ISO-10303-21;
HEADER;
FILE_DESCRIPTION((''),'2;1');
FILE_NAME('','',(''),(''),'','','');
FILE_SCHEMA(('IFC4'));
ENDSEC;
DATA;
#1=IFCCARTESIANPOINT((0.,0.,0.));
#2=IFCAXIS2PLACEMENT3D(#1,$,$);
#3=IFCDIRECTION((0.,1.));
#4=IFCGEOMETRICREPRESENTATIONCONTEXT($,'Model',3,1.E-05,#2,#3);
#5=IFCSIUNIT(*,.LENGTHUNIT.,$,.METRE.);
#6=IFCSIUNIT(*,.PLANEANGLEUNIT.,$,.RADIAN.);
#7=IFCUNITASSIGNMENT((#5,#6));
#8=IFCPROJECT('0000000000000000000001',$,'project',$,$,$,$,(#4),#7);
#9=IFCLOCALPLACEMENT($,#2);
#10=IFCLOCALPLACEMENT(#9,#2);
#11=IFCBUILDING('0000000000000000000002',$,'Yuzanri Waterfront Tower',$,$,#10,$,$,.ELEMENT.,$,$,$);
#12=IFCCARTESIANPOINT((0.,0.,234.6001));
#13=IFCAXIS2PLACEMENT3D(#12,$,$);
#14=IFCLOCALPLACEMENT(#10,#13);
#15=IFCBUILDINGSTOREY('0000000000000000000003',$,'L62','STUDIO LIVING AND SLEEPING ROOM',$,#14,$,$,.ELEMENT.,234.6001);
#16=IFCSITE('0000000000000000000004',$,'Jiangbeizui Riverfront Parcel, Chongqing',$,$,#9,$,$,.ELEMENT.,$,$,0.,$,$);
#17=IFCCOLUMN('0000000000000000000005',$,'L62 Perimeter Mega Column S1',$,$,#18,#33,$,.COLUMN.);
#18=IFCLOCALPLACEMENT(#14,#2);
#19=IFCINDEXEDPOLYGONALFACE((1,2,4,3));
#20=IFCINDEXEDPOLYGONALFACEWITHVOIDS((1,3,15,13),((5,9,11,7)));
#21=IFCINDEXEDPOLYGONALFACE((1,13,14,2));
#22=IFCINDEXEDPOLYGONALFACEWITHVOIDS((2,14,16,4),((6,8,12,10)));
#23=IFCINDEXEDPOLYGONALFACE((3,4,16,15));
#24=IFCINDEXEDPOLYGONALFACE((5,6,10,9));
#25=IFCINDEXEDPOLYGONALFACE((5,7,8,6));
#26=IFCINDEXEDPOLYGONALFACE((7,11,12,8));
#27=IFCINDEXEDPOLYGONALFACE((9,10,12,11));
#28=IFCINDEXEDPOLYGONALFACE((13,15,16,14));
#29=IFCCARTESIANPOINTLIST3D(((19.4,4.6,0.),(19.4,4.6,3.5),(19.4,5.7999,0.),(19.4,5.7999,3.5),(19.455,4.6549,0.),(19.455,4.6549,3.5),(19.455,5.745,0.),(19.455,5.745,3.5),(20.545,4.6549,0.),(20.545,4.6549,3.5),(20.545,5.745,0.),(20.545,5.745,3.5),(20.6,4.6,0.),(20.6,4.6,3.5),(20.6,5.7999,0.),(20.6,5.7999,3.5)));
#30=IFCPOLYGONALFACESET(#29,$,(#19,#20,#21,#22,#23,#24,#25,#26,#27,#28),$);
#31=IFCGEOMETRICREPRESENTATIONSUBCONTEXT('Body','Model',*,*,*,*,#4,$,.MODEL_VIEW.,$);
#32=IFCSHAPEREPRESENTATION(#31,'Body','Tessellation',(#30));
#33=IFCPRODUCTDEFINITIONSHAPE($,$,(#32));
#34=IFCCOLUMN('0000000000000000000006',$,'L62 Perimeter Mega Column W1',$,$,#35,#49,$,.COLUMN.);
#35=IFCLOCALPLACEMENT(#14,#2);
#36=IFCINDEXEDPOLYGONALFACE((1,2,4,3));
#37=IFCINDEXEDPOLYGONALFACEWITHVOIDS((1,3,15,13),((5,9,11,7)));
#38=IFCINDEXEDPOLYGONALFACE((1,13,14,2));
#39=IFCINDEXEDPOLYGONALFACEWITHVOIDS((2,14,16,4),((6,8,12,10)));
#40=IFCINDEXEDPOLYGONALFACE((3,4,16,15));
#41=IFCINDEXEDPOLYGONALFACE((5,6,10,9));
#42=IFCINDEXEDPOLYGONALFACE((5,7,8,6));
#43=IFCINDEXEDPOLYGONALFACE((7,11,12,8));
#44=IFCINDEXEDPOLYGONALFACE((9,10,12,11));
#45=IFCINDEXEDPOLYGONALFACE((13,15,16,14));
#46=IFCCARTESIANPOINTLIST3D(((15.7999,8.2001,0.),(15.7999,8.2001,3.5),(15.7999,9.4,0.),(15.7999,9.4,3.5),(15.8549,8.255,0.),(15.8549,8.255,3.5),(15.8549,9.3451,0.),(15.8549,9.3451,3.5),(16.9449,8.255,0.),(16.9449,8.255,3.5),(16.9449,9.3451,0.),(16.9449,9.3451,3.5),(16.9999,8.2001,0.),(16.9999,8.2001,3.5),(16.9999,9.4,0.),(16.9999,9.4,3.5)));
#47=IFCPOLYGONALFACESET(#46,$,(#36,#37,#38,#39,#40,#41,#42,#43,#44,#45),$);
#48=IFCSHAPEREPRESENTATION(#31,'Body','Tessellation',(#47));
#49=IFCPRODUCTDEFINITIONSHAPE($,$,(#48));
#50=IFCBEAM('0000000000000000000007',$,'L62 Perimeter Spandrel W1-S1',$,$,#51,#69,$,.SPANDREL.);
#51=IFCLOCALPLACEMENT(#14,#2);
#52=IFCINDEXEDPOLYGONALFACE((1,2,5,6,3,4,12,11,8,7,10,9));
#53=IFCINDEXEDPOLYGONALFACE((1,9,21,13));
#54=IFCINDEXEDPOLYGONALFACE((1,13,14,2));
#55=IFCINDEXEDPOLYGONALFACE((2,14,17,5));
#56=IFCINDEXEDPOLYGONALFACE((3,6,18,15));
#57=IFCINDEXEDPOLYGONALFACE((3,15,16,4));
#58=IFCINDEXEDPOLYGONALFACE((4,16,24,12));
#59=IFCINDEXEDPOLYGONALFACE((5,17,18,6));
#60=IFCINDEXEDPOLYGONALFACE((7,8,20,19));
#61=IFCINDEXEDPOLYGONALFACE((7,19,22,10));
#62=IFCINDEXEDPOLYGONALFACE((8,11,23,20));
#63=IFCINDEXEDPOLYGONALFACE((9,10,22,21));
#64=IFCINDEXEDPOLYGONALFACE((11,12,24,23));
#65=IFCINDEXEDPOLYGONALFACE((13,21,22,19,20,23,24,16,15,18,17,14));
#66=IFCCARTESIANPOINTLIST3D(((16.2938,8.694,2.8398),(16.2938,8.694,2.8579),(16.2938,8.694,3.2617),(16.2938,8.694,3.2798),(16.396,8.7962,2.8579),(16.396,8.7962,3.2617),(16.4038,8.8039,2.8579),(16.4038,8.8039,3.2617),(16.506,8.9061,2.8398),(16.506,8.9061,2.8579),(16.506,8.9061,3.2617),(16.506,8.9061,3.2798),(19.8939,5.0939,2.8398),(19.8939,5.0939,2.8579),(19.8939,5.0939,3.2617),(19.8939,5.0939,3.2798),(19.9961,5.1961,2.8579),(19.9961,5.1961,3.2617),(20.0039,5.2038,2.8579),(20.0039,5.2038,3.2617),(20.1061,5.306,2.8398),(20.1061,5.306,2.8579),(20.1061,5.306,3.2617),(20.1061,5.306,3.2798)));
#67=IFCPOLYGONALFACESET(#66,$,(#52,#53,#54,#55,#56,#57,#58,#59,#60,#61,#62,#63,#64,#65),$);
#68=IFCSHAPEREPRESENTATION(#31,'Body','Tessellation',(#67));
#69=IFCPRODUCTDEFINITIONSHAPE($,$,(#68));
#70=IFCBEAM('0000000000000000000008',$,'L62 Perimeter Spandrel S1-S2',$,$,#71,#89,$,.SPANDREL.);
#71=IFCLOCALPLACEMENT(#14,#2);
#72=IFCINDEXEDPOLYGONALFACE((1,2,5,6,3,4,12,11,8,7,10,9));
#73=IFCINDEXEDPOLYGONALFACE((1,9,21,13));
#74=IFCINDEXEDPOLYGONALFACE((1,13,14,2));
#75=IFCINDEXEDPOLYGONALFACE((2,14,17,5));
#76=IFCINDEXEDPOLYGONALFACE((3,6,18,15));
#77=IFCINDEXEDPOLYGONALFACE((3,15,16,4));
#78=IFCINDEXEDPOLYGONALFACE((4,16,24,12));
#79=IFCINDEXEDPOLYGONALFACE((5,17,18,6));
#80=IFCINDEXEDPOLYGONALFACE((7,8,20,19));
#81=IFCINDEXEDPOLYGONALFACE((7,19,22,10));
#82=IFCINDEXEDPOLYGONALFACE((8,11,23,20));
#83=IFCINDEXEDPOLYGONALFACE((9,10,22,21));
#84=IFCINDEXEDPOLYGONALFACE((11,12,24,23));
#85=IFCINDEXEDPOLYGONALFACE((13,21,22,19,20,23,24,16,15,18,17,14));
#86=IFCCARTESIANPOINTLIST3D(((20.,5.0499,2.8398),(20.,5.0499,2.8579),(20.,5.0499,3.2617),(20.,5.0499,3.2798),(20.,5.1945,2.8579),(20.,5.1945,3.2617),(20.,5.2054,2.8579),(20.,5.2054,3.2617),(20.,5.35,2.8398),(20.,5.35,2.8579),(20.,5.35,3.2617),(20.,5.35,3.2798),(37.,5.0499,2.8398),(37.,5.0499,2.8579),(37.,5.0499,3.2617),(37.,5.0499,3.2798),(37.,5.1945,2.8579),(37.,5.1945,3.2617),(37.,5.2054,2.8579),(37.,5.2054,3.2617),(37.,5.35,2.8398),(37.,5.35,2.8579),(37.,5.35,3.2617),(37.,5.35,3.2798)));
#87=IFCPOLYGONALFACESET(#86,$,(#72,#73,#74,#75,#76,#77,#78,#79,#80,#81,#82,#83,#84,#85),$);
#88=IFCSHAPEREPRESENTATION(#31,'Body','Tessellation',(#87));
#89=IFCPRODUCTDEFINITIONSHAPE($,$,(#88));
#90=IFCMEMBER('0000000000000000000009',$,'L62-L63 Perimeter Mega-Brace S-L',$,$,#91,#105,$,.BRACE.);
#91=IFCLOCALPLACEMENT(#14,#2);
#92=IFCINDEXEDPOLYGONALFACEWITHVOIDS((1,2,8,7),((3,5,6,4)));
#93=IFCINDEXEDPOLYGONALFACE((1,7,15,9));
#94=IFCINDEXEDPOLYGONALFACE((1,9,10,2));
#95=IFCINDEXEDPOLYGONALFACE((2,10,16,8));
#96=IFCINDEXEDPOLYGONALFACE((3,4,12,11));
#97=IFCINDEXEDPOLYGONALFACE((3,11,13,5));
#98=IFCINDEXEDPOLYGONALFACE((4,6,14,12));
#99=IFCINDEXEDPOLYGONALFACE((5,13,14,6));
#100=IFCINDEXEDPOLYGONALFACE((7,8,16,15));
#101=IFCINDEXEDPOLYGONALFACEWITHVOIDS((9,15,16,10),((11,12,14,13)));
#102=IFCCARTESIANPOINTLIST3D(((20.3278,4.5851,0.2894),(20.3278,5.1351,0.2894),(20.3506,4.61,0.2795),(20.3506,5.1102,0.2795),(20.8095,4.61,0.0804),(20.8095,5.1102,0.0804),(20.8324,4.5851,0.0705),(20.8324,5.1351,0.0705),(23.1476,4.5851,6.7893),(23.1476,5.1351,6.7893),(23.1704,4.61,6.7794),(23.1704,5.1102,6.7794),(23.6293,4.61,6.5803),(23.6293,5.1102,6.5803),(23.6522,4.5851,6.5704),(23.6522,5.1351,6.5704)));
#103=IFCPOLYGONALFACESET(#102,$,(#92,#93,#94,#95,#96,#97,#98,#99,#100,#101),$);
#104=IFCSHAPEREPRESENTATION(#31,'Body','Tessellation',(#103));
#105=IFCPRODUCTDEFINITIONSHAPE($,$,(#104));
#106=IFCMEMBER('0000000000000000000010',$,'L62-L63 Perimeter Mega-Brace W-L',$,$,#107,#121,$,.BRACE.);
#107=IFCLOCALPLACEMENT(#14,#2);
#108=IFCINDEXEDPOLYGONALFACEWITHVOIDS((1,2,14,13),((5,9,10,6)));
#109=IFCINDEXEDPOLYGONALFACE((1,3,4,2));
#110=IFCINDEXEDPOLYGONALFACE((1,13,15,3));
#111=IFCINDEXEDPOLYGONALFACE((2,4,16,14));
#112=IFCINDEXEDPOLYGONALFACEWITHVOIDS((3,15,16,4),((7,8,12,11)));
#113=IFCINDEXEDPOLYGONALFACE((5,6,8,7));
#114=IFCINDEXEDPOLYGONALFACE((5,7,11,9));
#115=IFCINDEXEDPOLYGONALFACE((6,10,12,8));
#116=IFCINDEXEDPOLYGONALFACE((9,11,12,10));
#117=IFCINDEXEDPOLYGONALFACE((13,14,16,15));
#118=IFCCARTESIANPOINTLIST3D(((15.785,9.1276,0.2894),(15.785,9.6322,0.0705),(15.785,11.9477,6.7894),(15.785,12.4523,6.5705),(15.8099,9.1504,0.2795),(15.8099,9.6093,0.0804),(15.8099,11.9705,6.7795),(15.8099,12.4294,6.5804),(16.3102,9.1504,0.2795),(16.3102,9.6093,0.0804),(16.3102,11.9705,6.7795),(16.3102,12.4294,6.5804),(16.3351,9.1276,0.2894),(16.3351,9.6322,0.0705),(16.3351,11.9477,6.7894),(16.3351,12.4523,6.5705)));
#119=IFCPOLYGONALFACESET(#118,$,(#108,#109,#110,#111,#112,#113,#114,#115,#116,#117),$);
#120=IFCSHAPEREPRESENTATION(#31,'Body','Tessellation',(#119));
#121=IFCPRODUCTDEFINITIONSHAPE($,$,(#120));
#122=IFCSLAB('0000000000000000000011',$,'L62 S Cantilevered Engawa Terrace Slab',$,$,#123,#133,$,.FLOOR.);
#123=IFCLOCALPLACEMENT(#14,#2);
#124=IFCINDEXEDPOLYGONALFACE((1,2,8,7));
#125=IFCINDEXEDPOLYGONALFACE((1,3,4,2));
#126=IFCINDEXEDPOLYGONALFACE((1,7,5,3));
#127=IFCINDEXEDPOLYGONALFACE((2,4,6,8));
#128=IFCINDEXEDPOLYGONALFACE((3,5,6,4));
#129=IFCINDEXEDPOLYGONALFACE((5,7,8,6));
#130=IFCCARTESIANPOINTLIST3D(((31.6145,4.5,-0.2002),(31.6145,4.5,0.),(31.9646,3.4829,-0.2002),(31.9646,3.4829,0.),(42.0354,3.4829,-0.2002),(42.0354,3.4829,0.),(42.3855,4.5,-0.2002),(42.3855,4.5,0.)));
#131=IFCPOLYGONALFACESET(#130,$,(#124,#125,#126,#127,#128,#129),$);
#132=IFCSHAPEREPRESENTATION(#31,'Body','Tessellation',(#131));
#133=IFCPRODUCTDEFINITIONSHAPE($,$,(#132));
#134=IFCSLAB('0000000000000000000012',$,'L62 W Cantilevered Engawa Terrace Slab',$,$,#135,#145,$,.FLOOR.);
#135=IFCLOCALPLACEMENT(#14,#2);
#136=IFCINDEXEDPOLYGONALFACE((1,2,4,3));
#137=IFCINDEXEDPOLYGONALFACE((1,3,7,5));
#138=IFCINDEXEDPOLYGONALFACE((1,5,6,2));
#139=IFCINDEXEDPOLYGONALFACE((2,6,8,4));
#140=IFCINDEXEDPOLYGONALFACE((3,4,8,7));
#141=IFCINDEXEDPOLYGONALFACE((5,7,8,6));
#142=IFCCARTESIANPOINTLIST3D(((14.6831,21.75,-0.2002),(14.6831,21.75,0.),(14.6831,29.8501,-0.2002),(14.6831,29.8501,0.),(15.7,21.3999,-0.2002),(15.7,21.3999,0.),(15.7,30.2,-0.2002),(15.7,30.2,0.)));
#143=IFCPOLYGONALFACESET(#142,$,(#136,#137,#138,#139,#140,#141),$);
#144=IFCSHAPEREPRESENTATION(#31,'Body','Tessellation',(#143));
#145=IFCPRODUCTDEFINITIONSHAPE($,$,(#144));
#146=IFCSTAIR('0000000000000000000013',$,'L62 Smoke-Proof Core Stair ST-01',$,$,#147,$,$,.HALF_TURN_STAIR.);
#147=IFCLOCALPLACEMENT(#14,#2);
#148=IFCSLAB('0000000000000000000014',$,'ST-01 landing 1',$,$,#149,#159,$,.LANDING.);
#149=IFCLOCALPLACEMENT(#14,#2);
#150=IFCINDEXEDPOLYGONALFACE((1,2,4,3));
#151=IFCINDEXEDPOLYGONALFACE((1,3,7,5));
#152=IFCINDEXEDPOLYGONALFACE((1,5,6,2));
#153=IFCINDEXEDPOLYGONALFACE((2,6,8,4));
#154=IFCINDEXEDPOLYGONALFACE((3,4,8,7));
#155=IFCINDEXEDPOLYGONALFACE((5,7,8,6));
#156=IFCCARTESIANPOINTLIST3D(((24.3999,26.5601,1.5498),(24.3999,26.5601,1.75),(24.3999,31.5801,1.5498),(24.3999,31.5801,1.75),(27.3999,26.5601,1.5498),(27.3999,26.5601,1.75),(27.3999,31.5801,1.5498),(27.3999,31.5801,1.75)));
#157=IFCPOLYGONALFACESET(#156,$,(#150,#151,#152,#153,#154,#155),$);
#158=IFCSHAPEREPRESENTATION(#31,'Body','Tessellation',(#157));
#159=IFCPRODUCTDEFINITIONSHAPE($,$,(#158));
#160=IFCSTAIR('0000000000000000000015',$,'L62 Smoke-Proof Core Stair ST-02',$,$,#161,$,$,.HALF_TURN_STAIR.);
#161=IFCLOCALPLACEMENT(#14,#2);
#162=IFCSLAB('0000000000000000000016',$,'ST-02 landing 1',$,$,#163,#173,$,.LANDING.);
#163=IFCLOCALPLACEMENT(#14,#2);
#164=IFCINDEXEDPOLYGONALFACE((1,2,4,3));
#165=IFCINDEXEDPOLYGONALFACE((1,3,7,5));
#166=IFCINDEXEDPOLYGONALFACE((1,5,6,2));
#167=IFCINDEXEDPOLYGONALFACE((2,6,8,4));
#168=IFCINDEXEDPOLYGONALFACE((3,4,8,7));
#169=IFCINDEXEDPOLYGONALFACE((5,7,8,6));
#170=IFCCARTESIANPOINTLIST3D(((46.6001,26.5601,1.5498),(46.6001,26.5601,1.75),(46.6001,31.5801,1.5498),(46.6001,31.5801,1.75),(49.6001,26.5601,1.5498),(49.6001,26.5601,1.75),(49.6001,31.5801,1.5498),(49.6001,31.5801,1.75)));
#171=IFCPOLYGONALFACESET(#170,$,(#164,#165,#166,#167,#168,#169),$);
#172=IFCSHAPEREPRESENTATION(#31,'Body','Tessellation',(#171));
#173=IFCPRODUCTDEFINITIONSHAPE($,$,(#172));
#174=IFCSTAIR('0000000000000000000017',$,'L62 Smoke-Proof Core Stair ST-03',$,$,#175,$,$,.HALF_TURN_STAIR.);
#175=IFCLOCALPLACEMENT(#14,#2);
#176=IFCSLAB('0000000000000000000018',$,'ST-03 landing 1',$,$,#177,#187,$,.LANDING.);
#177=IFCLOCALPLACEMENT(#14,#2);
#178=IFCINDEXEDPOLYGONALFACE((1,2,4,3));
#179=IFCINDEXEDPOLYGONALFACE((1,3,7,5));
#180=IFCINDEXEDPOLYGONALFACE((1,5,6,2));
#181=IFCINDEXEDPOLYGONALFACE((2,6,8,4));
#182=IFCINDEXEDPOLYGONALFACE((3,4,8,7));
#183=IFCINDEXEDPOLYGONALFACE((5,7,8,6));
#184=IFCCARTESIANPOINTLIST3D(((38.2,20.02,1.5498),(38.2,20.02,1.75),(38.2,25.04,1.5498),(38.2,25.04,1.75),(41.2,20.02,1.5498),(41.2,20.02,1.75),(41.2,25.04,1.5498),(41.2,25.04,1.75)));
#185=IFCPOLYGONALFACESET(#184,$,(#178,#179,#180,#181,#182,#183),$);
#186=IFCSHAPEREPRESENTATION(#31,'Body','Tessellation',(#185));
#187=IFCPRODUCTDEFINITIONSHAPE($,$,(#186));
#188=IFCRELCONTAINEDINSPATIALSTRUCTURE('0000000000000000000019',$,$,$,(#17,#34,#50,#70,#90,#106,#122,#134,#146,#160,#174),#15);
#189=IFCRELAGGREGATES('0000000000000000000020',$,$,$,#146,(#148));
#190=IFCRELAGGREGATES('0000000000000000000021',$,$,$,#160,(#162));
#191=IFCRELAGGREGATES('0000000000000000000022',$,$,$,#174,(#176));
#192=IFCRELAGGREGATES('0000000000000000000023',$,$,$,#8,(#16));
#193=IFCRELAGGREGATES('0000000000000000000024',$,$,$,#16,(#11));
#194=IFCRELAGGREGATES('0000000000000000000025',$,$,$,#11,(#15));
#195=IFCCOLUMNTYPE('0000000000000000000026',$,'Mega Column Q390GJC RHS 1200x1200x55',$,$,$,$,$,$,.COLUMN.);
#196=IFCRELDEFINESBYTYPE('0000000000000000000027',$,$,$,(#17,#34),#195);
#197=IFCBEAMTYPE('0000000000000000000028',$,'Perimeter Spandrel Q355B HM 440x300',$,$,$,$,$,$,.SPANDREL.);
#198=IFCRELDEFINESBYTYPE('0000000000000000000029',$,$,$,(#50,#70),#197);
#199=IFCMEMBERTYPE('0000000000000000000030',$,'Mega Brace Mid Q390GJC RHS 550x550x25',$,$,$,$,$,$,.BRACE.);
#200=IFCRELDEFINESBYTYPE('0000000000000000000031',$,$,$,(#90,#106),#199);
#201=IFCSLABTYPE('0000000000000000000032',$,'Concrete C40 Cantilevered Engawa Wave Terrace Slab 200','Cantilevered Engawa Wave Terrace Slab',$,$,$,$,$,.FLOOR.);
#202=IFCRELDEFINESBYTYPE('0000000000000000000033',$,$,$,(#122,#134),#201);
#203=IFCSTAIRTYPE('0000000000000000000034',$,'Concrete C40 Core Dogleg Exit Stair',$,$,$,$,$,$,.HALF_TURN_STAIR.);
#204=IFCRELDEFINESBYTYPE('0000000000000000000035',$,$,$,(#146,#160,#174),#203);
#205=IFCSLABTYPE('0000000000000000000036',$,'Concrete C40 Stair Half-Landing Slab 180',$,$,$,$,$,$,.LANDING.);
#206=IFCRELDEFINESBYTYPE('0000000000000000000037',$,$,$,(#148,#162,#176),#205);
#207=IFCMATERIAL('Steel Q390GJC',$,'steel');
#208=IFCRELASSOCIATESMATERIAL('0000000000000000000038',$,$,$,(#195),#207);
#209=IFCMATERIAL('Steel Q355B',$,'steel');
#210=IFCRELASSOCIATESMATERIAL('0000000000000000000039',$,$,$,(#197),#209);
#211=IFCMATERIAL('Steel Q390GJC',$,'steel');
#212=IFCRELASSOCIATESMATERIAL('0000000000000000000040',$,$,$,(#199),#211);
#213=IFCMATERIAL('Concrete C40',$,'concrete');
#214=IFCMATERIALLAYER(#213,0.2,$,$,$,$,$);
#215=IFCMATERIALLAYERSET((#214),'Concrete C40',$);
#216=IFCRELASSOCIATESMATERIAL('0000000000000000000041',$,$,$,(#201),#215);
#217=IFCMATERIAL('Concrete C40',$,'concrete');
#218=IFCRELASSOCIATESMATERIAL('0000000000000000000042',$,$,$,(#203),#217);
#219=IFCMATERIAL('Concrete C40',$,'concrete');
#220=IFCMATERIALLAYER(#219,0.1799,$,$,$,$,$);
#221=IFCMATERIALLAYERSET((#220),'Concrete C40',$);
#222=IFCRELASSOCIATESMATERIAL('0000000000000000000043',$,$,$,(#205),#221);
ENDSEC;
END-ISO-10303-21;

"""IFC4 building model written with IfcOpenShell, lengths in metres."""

from ifc_helpers import new_model, si_unit, direction, frame, origin, origin_2d, place, context, subcontext, project, spatial, polyline, hollow_rectangle, i_section, outline, extrude, source, transform, mapped, material, layer, layer_set, material_profile, profile_set, type_object, element, aggregate, save


model = new_model("IFC4")

# Units and contexts
model_context = context("Model", 3, precision=1e-05, world=origin(), true_north=direction((0.0, 1.0)))
body_context = subcontext(model_context, "Body", "Model", "MODEL_VIEW")
ifc_project = project(units=[si_unit("LENGTHUNIT", "METRE"), si_unit("PLANEANGLEUNIT", "RADIAN")], contexts=[model_context])

# Site, building, storey
site_placement = place(None, origin())
site = spatial("IfcSite", under=ifc_project, at=site_placement, Name="Jiangbeizui Riverfront Parcel, Chongqing", CompositionType="ELEMENT", RefElevation=0.0)
building_placement = place(site_placement, origin())
building = spatial("IfcBuilding", under=site, at=building_placement, Name="Yuzanri Waterfront Tower", CompositionType="ELEMENT")
storey_placement = place(building_placement, frame((0.0, 0.0, 234.6001)))
storey = spatial("IfcBuildingStorey", under=building, at=storey_placement, Name="L62", Description="STUDIO LIVING AND SLEEPING ROOM", CompositionType="ELEMENT", Elevation=234.6001)

# Columns
ifc_material_1 = material(Name="Steel Q390GJC", Category="steel")
ifc_material_profile_1 = material_profile(ifc_material_1, hollow_rectangle(XDim=1.2, YDim=1.2, WallThickness=0.0549, at=origin_2d()), Name="RHS 1200x1200x55")
ifc_profile_set_1 = profile_set([ifc_material_profile_1], Name="Steel Q390GJC")
column_type = type_object("IfcColumnType", Name="Mega Column Q390GJC RHS 1200x1200x55", PredefinedType="COLUMN", material=ifc_profile_set_1)
shared_shape_1 = source(origin(), body_context, "Body", "SweptSolid", [
    extrude(hollow_rectangle(XDim=1.2, YDim=1.2, WallThickness=0.0549, at=origin_2d()), origin(), (0.0, 0.0, 1.0), 3.5),
])
for number, where, z_axis, x_axis, name in (
    (1, (20.0, 5.2, 0.0), (0.0, 0.0, 1.0), (1.0, 0.0, 0.0), "L62 Perimeter Mega Column S1"),
    (2, (16.3999, 8.8, 0.0), (0.0, 0.0, 1.0), (1.0, 0.0, 0.0), "L62 Perimeter Mega Column W1"),
):
    element("IfcColumn", number, at=place(storey_placement, frame(where, z_axis=z_axis, x_axis=x_axis)), inside=storey, type_object=column_type, Name=name, PredefinedType="COLUMN", context=body_context, shape_type="MappedRepresentation", body=[
        mapped(shared_shape_1, transform((0.0, 0.0, 0.0), scale=1.0)),
    ])

# Beams
ifc_material_2 = material(Name="Steel Q355B", Category="steel")
ifc_material_profile_2 = material_profile(ifc_material_2, i_section(OverallWidth=0.3, OverallDepth=0.4399, WebThickness=0.011, FlangeThickness=0.0181, at=origin_2d()), Name="HM 440x300x11x18")
ifc_profile_set_2 = profile_set([ifc_material_profile_2], Name="Steel Q355B")
beam_type = type_object("IfcBeamType", Name="Perimeter Spandrel Q355B HM 440x300", PredefinedType="SPANDREL", material=ifc_profile_set_2)
shared_shape_2 = source(origin(), body_context, "Body", "SweptSolid", [
    extrude(i_section(OverallWidth=0.3, OverallDepth=0.4399, WebThickness=0.011, FlangeThickness=0.0181, at=origin_2d()), origin(), (0.0, 0.0, 1.0), 5.0913),
])
beam_1_placement = place(storey_placement, frame((16.3999, 8.8, 3.0598), z_axis=(0.707107, -0.707107, 0.0), x_axis=(0.707107, 0.707107, 0.0)))
element("IfcBeam", 3, at=beam_1_placement, inside=storey, type_object=beam_type, Name="L62 Perimeter Spandrel W1-S1", PredefinedType="SPANDREL", context=body_context, shape_type="MappedRepresentation", body=[
    mapped(shared_shape_2, transform((0.0, 0.0, 0.0), scale=1.0)),
])
shared_shape_3 = source(origin(), body_context, "Body", "SweptSolid", [
    extrude(i_section(OverallWidth=0.3, OverallDepth=0.4399, WebThickness=0.011, FlangeThickness=0.0181, at=origin_2d()), origin(), (0.0, 0.0, 1.0), 17.0),
])
beam_2_placement = place(storey_placement, frame((20.0, 5.2, 3.0598), z_axis=(1.0, 0.0, 0.0), x_axis=(0.0, 1.0, 0.0)))
element("IfcBeam", 4, at=beam_2_placement, inside=storey, type_object=beam_type, Name="L62 Perimeter Spandrel S1-S2", PredefinedType="SPANDREL", context=body_context, shape_type="MappedRepresentation", body=[
    mapped(shared_shape_3, transform((0.0, 0.0, 0.0), scale=1.0)),
])

# Members
ifc_material_3 = material(Name="Steel Q390GJC", Category="steel")
ifc_material_profile_3 = material_profile(ifc_material_3, hollow_rectangle(XDim=0.55, YDim=0.55, WallThickness=0.0249, at=origin_2d()), Name="RHS 550x550x25")
ifc_profile_set_3 = profile_set([ifc_material_profile_3], Name="Steel Q390GJC")
member_type = type_object("IfcMemberType", Name="Mega Brace Mid Q390GJC RHS 550x550x25", PredefinedType="BRACE", material=ifc_profile_set_3)
shared_shape_4 = source(origin(), body_context, "Body", "SweptSolid", [
    extrude(hollow_rectangle(XDim=0.55, YDim=0.55, WallThickness=0.0249, at=origin_2d()), origin(), (0.0, 0.0, 1.0), 7.0852),
])
member_1_placement = place(storey_placement, frame((20.5801, 4.8601, 0.1799), z_axis=(0.397983, 0.0, 0.917393), x_axis=(0.0, 1.0, 0.0)))
element("IfcMember", 5, at=member_1_placement, inside=storey, type_object=member_type, Name="L62-L63 Perimeter Mega-Brace S-L", PredefinedType="BRACE", context=body_context, shape_type="MappedRepresentation", body=[
    mapped(shared_shape_4, transform((0.0, 0.0, 0.0), scale=1.0)),
])
shared_shape_5 = source(origin(), body_context, "Body", "SweptSolid", [
    extrude(hollow_rectangle(XDim=0.55, YDim=0.55, WallThickness=0.0249, at=origin_2d()), origin(), (0.0, 0.0, 1.0), 7.0854),
])
member_2_placement = place(storey_placement, frame((16.0601, 9.3799, 0.1799), z_axis=(0.0, 0.398012, 0.91738), x_axis=(-1.0, 0.0, 0.0)))
element("IfcMember", 6, at=member_2_placement, inside=storey, type_object=member_type, Name="L62-L63 Perimeter Mega-Brace W-L", PredefinedType="BRACE", context=body_context, shape_type="MappedRepresentation", body=[
    mapped(shared_shape_5, transform((0.0, 0.0, 0.0), scale=1.0)),
])

# Slabs
ifc_material_4 = material(Name="Concrete C40", Category="concrete")
ifc_layer_1 = layer(ifc_material_4, 0.2)
ifc_layer_set_1 = layer_set([ifc_layer_1], Name="Concrete C40")
slab_type_1 = type_object("IfcSlabType", Name="Concrete C40 Cantilevered Engawa Wave Terrace Slab 200", Description="Cantilevered Engawa Wave Terrace Slab", PredefinedType="FLOOR", material=ifc_layer_set_1)
slab_1_placement = place(storey_placement, frame((0.0, 0.0, -0.2002)))
element("IfcSlab", 7, at=slab_1_placement, inside=storey, type_object=slab_type_1, Name="L62 S Cantilevered Engawa Terrace Slab", PredefinedType="FLOOR", context=body_context, shape_type="SweptSolid", body=[
    extrude(outline(polyline([(31.6145, 4.5), (42.3855, 4.5), (42.0354, 3.4829), (31.9646, 3.4829), (31.6145, 4.5)])), origin(), (0.0, 0.0, 1.0), 0.2002),
])
slab_2_placement = place(storey_placement, frame((0.0, 0.0, -0.2002)))
element("IfcSlab", 8, at=slab_2_placement, inside=storey, type_object=slab_type_1, Name="L62 W Cantilevered Engawa Terrace Slab", PredefinedType="FLOOR", context=body_context, shape_type="SweptSolid", body=[
    extrude(outline(polyline([(15.7, 21.3999), (14.6831, 21.75), (14.6831, 29.8501), (15.7, 30.2), (15.7, 21.3999)])), origin(), (0.0, 0.0, 1.0), 0.2002),
])

# Stairs, slabs
ifc_material_5 = material(Name="Concrete C40", Category="concrete")
stair_type = type_object("IfcStairType", Name="Concrete C40 Core Dogleg Exit Stair", PredefinedType="HALF_TURN_STAIR", material=ifc_material_5)
stair_1_placement = place(storey_placement, origin())
stair_1 = element("IfcStair", 9, at=stair_1_placement, inside=storey, type_object=stair_type, Name="L62 Smoke-Proof Core Stair ST-01", PredefinedType="HALF_TURN_STAIR")
ifc_material_6 = material(Name="Concrete C40", Category="concrete")
ifc_layer_2 = layer(ifc_material_6, 0.1799)
ifc_layer_set_2 = layer_set([ifc_layer_2], Name="Concrete C40")
slab_type_2 = type_object("IfcSlabType", Name="Concrete C40 Stair Half-Landing Slab 180", PredefinedType="LANDING", material=ifc_layer_set_2)
slab_3_placement = place(storey_placement, frame((0.0, 0.0, 1.5498)))
slab_3 = element("IfcSlab", 10, at=slab_3_placement, type_object=slab_type_2, Name="ST-01 landing 1", PredefinedType="LANDING", context=body_context, shape_type="SweptSolid", body=[
    extrude(outline(polyline([(27.3999, 26.5601), (27.3999, 31.5801), (24.3999, 31.5801), (24.3999, 26.5601), (27.3999, 26.5601)])), origin(), (0.0, 0.0, 1.0), 0.2002),
])
aggregate(stair_1, [slab_3])
stair_2_placement = place(storey_placement, origin())
stair_2 = element("IfcStair", 11, at=stair_2_placement, inside=storey, type_object=stair_type, Name="L62 Smoke-Proof Core Stair ST-02", PredefinedType="HALF_TURN_STAIR")
slab_4_placement = place(storey_placement, frame((0.0, 0.0, 1.5498)))
slab_4 = element("IfcSlab", 12, at=slab_4_placement, type_object=slab_type_2, Name="ST-02 landing 1", PredefinedType="LANDING", context=body_context, shape_type="SweptSolid", body=[
    extrude(outline(polyline([(49.6001, 26.5601), (49.6001, 31.5801), (46.6001, 31.5801), (46.6001, 26.5601), (49.6001, 26.5601)])), origin(), (0.0, 0.0, 1.0), 0.2002),
])
aggregate(stair_2, [slab_4])
stair_3_placement = place(storey_placement, origin())
stair_3 = element("IfcStair", 13, at=stair_3_placement, inside=storey, type_object=stair_type, Name="L62 Smoke-Proof Core Stair ST-03", PredefinedType="HALF_TURN_STAIR")
slab_5_placement = place(storey_placement, frame((0.0, 0.0, 1.5498)))
slab_5 = element("IfcSlab", 14, at=slab_5_placement, type_object=slab_type_2, Name="ST-03 landing 1", PredefinedType="LANDING", context=body_context, shape_type="SweptSolid", body=[
    extrude(outline(polyline([(38.2, 25.04), (38.2, 20.02), (41.2, 20.02), (41.2, 25.04), (38.2, 25.04)])), origin(), (0.0, 0.0, 1.0), 0.2002),
])
aggregate(stair_3, [slab_5])

save(model, "model.ifc")
